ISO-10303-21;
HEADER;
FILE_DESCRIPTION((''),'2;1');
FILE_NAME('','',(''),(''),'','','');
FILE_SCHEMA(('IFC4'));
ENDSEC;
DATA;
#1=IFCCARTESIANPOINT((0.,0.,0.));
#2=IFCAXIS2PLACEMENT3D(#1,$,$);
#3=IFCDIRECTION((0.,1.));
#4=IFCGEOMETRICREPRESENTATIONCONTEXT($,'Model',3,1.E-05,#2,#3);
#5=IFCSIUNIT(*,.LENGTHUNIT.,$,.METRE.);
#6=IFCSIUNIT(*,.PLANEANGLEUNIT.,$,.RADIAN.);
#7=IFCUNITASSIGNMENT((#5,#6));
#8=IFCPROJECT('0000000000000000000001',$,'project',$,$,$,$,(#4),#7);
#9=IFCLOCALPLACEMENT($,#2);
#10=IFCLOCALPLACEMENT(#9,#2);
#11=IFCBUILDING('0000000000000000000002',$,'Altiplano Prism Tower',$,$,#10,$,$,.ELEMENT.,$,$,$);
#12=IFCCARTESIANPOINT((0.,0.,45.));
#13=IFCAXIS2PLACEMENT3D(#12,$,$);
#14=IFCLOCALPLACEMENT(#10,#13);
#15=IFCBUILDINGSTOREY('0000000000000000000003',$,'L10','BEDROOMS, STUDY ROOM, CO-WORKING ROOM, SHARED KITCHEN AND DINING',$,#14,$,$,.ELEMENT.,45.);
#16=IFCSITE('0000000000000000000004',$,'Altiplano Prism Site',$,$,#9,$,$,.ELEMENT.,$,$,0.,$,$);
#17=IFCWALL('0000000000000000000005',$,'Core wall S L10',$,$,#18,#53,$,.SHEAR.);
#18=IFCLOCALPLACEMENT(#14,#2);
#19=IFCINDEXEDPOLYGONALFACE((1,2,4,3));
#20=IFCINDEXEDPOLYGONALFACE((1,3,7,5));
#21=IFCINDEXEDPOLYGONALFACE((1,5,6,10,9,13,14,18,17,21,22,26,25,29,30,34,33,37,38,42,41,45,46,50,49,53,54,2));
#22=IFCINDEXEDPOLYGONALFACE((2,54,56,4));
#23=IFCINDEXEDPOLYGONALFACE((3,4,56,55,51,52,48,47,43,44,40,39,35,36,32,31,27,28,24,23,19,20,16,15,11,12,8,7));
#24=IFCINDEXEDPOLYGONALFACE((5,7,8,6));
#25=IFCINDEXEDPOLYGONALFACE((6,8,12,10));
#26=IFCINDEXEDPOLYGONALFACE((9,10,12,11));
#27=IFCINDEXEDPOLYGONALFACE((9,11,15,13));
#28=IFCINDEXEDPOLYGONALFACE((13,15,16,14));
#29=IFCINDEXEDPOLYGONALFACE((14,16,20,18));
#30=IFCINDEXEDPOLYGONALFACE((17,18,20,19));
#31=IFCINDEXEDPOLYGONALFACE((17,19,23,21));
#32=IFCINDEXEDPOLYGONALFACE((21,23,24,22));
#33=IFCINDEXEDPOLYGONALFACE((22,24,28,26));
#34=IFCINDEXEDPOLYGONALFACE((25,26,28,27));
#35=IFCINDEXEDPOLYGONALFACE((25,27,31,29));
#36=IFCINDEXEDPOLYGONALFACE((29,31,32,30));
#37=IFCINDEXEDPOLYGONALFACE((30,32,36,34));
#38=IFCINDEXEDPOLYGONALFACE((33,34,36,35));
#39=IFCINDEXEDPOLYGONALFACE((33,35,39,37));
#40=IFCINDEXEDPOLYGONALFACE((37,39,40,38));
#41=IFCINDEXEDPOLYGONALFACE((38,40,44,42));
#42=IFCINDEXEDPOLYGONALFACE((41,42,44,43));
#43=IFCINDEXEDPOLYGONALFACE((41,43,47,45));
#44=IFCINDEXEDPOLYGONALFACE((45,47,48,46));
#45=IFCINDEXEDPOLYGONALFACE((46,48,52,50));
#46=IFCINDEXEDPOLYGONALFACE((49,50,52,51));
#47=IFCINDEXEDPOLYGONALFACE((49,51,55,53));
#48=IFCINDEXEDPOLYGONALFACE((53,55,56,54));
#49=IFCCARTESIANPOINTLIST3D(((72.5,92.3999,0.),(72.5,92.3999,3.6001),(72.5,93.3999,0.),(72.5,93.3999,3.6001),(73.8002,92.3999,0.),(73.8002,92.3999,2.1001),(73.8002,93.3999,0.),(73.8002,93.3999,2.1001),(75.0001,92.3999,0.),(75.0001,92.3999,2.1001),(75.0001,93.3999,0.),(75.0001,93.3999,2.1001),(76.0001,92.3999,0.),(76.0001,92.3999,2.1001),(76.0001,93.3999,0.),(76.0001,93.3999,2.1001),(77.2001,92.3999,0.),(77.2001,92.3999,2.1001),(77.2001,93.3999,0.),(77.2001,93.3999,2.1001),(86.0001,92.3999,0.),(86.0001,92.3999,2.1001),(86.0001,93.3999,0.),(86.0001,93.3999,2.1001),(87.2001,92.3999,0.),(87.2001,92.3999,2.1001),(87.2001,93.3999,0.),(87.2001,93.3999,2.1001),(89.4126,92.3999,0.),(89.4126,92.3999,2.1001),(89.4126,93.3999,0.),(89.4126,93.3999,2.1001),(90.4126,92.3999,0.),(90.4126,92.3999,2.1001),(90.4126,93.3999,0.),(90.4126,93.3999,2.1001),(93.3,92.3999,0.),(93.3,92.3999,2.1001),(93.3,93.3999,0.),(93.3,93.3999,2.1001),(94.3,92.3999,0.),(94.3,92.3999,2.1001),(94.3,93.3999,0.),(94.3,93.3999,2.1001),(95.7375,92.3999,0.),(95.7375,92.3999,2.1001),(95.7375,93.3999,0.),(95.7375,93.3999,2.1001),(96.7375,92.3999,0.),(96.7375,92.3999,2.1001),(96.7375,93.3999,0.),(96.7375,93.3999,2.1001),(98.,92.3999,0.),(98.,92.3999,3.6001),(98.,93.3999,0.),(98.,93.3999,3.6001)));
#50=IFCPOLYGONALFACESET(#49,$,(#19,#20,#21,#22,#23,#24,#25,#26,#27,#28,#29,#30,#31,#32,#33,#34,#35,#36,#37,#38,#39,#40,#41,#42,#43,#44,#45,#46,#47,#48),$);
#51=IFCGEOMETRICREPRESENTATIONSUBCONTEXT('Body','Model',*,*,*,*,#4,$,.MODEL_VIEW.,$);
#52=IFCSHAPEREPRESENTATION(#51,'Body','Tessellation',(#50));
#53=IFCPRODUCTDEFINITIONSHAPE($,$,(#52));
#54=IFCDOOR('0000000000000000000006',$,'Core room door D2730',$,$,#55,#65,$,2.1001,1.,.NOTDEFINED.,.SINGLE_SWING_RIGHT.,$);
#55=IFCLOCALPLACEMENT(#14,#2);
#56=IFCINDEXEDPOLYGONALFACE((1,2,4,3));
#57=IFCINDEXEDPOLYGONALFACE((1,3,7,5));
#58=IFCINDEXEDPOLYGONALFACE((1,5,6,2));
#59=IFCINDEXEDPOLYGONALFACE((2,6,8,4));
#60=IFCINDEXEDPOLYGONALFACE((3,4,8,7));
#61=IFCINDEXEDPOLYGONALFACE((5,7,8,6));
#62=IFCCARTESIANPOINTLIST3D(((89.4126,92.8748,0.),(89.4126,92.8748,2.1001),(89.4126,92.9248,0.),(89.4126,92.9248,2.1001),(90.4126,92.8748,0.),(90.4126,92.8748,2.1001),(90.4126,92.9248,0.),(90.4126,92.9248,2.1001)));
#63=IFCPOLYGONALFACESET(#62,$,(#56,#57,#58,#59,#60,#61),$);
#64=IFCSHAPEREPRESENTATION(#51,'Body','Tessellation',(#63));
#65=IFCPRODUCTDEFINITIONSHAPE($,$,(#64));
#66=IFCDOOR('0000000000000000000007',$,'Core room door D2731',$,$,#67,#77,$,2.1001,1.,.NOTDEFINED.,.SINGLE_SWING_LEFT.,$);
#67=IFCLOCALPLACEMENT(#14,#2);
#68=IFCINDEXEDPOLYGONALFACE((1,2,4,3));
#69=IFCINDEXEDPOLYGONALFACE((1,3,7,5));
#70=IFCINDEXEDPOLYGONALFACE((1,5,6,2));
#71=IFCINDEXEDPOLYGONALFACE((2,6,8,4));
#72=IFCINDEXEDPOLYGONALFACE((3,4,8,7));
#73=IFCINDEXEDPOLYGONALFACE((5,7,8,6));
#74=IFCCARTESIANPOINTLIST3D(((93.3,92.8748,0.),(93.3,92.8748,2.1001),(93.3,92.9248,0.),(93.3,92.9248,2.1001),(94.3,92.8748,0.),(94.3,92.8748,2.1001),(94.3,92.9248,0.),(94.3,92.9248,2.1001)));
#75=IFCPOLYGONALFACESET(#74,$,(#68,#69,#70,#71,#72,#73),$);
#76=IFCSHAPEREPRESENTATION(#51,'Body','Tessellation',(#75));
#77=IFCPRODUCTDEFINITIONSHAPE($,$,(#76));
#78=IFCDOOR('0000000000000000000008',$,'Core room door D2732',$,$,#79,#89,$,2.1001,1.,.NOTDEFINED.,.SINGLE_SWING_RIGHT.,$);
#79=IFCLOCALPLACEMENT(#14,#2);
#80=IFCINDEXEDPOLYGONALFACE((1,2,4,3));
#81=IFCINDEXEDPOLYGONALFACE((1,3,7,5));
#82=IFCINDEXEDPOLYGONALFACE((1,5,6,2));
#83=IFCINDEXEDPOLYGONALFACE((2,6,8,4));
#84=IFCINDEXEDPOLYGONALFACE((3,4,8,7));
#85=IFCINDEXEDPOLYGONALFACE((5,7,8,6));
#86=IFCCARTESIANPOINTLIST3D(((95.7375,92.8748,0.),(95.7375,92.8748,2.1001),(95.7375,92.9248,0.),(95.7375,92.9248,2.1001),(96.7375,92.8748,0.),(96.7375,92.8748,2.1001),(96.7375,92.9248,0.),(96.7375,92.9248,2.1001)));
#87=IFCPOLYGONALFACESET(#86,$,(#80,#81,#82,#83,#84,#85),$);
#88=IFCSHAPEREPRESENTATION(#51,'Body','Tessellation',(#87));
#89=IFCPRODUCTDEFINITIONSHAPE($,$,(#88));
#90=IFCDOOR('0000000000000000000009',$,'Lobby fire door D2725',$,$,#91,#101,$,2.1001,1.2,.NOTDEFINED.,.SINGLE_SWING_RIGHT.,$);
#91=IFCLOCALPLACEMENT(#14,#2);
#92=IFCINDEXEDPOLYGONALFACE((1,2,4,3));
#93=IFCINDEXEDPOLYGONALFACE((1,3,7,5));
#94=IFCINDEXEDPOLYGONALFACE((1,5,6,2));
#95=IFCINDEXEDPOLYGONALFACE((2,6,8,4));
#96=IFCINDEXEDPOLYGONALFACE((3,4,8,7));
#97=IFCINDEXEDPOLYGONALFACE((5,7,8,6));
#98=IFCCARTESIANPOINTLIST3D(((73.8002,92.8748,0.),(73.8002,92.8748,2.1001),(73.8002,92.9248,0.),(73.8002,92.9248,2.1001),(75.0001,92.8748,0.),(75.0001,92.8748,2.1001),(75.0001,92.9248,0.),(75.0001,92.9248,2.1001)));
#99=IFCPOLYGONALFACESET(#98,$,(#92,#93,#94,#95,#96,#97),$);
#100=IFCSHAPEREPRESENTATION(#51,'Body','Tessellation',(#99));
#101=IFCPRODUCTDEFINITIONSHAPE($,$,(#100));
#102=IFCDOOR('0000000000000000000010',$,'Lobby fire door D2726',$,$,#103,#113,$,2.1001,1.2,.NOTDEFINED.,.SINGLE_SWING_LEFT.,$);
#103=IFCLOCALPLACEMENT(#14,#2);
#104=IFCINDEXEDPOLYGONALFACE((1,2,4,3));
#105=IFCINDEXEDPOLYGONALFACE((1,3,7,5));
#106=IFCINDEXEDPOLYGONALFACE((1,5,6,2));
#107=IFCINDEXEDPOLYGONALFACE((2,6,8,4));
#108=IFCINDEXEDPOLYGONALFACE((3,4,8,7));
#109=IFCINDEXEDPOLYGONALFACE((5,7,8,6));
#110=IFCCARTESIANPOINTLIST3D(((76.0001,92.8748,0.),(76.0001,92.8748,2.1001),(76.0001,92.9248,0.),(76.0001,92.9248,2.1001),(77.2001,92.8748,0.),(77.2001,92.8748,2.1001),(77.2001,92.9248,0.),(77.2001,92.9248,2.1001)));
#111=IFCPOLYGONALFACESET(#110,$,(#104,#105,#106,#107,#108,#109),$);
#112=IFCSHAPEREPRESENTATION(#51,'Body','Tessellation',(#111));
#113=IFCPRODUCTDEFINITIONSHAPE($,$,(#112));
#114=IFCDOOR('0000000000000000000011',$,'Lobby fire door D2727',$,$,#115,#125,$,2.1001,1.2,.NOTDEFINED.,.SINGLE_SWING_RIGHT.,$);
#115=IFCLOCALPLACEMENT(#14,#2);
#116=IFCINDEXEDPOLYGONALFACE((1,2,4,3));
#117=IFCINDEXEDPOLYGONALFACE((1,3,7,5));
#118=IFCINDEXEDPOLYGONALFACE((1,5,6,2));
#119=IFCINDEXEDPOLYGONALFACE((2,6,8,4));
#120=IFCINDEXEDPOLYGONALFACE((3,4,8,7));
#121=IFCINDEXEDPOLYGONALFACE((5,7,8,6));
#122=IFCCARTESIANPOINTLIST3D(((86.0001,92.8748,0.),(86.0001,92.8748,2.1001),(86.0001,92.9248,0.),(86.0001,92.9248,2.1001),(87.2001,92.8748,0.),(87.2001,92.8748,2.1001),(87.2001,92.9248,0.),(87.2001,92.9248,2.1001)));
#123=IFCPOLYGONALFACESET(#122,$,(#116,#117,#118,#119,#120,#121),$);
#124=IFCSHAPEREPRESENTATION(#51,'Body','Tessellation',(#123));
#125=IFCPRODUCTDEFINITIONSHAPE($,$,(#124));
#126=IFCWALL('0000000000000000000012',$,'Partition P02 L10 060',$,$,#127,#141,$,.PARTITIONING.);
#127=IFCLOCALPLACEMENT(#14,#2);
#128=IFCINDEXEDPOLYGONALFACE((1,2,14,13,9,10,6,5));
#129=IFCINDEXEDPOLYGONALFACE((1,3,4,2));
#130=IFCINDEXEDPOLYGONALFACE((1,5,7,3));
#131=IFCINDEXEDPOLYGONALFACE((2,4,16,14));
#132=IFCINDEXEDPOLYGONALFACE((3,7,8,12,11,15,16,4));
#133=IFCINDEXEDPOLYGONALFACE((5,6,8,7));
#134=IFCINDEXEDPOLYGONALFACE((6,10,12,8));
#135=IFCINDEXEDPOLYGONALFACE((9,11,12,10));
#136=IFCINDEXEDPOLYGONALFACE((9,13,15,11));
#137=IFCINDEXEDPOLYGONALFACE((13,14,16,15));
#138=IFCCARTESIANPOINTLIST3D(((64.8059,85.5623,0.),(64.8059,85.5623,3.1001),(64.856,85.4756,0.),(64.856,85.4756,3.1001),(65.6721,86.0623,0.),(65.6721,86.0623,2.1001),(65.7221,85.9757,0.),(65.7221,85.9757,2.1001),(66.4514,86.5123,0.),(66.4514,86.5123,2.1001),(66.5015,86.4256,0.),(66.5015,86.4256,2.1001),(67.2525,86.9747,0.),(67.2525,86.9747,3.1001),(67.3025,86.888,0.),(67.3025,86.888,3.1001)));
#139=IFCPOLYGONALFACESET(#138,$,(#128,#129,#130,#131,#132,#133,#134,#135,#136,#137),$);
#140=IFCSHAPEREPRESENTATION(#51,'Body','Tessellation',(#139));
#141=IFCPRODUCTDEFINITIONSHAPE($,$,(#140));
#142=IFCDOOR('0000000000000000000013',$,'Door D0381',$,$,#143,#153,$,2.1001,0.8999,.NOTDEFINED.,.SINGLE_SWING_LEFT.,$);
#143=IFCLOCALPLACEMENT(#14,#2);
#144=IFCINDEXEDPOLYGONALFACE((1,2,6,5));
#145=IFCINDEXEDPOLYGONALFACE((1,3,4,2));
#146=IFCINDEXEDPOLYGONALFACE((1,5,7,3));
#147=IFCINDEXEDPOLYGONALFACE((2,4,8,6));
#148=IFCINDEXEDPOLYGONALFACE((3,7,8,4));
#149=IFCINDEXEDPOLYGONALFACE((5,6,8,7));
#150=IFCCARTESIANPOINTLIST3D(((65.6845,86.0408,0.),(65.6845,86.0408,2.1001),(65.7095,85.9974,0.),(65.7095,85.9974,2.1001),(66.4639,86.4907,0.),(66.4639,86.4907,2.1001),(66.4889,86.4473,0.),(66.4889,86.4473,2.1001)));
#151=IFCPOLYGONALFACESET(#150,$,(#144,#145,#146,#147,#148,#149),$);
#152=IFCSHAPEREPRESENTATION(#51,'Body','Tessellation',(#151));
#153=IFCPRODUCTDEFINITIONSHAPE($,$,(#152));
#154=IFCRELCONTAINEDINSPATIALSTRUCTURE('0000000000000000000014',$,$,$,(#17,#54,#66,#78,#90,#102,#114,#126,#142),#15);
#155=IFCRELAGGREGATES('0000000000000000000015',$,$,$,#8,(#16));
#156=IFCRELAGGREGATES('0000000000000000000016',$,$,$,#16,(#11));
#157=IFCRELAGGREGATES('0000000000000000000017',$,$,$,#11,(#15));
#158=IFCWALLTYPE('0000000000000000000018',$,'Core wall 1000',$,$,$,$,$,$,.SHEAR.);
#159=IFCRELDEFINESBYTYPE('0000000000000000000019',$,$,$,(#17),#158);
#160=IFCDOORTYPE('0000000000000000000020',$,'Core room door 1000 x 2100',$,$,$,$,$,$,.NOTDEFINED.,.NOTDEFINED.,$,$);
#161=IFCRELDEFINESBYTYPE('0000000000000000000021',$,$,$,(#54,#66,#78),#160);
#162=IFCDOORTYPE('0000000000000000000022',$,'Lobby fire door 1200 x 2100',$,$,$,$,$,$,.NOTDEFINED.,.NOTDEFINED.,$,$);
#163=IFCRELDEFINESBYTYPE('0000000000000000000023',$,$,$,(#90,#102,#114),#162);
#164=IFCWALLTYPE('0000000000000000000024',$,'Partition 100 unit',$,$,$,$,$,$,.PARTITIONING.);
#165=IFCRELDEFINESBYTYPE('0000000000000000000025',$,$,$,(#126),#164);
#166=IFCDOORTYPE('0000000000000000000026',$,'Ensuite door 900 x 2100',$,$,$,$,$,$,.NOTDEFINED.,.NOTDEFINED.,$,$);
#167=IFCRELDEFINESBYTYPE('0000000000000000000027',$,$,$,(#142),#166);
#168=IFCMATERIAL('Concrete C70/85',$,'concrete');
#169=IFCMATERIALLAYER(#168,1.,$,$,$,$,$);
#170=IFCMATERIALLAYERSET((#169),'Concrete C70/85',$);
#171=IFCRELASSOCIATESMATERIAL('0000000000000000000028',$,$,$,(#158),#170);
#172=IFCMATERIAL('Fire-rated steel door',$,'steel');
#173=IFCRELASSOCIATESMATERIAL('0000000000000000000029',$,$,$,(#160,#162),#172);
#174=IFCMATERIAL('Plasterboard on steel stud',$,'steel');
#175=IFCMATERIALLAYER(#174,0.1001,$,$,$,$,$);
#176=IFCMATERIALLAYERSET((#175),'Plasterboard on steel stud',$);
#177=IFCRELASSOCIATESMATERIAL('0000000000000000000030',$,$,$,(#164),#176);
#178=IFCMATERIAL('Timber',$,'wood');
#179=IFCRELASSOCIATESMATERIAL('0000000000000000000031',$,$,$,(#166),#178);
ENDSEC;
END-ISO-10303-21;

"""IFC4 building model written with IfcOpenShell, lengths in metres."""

from ifc_helpers import new_model, si_unit, direction, frame, frame_2d, origin, place, context, subcontext, project, spatial, rectangle, extrude, material, layer, layer_set, type_object, element, fill, save


model = new_model("IFC4")

# Units and contexts
model_context = context("Model", 3, precision=1e-05, world=origin(), true_north=direction((0.0, 1.0)))
body_context = subcontext(model_context, "Body", "Model", "MODEL_VIEW")
ifc_project = project(units=[si_unit("LENGTHUNIT", "METRE"), si_unit("PLANEANGLEUNIT", "RADIAN")], contexts=[model_context])

# Site, building, storey
site_placement = place(None, origin())
site = spatial("IfcSite", under=ifc_project, at=site_placement, Name="Altiplano Prism Site", CompositionType="ELEMENT", RefElevation=0.0)
building_placement = place(site_placement, origin())
building = spatial("IfcBuilding", under=site, at=building_placement, Name="Altiplano Prism Tower", CompositionType="ELEMENT")
storey_placement = place(building_placement, frame((0.0, 0.0, 45.0)))
storey = spatial("IfcBuildingStorey", under=building, at=storey_placement, Name="L10", Description="BEDROOMS, STUDY ROOM, CO-WORKING ROOM, SHARED KITCHEN AND DINING", CompositionType="ELEMENT", Elevation=45.0)

# Wall, openings, doors
ifc_material_1 = material(Name="Concrete C70/85", Category="concrete")
ifc_layer_1 = layer(ifc_material_1, 1.0)
ifc_layer_set_1 = layer_set([ifc_layer_1], Name="Concrete C70/85")
wall_type_1 = type_object("IfcWallType", Name="Core wall 1000", PredefinedType="SHEAR", material=ifc_layer_set_1)
wall_1_placement = place(storey_placement, frame((72.5, 92.8999, 0.0), z_axis=(0.0, 0.0, 1.0), x_axis=(1.0, 0.0, 0.0)))
wall_1 = element("IfcWall", 1, at=wall_1_placement, inside=storey, type_object=wall_type_1, Name="Core wall S L10", PredefinedType="SHEAR", context=body_context, shape_type="SweptSolid", body=[
    extrude(rectangle(XDim=25.5, YDim=1.0, at=frame_2d((12.75, 0.0))), origin(), (0.0, 0.0, 1.0), 3.6001),
])
opening_1_placement = place(wall_1_placement, frame((1.3, 0.0, 0.0)))
opening_1 = element("IfcOpeningElement", 2, at=opening_1_placement, cuts=wall_1, PredefinedType="OPENING", context=body_context, shape_type="SweptSolid", body=[
    extrude(rectangle(XDim=1.2, YDim=2.1001, at=frame_2d((0.6001, 1.05))), frame((0.0, 0.5105, 0.0), z_axis=(0.0, -1.0, 0.0), x_axis=(1.0, 0.0, 0.0)), (0.0, 0.0, 1.0), 1.021),
])
opening_2_placement = place(wall_1_placement, frame((3.5, 0.0, 0.0)))
opening_2 = element("IfcOpeningElement", 3, at=opening_2_placement, cuts=wall_1, PredefinedType="OPENING", context=body_context, shape_type="SweptSolid", body=[
    extrude(rectangle(XDim=1.2, YDim=2.1001, at=frame_2d((0.6001, 1.05))), frame((0.0, 0.5105, 0.0), z_axis=(0.0, -1.0, 0.0), x_axis=(1.0, 0.0, 0.0)), (0.0, 0.0, 1.0), 1.021),
])
opening_3_placement = place(wall_1_placement, frame((13.5, 0.0, 0.0)))
opening_3 = element("IfcOpeningElement", 4, at=opening_3_placement, cuts=wall_1, PredefinedType="OPENING", context=body_context, shape_type="SweptSolid", body=[
    extrude(rectangle(XDim=1.2, YDim=2.1001, at=frame_2d((0.6001, 1.05))), frame((0.0, 0.5105, 0.0), z_axis=(0.0, -1.0, 0.0), x_axis=(1.0, 0.0, 0.0)), (0.0, 0.0, 1.0), 1.021),
])
opening_4_placement = place(wall_1_placement, frame((16.9126, 0.0, 0.0)))
opening_4 = element("IfcOpeningElement", 5, at=opening_4_placement, cuts=wall_1, PredefinedType="OPENING", context=body_context, shape_type="SweptSolid", body=[
    extrude(rectangle(XDim=1.0, YDim=2.1001, at=frame_2d((0.5, 1.05))), frame((0.0, 0.5105, 0.0), z_axis=(0.0, -1.0, 0.0), x_axis=(1.0, 0.0, 0.0)), (0.0, 0.0, 1.0), 1.021),
])
opening_5_placement = place(wall_1_placement, frame((20.8, 0.0, 0.0)))
opening_5 = element("IfcOpeningElement", 6, at=opening_5_placement, cuts=wall_1, PredefinedType="OPENING", context=body_context, shape_type="SweptSolid", body=[
    extrude(rectangle(XDim=1.0, YDim=2.1001, at=frame_2d((0.5, 1.05))), frame((0.0, 0.5105, 0.0), z_axis=(0.0, -1.0, 0.0), x_axis=(1.0, 0.0, 0.0)), (0.0, 0.0, 1.0), 1.021),
])
opening_6_placement = place(wall_1_placement, frame((23.2375, 0.0, 0.0)))
opening_6 = element("IfcOpeningElement", 7, at=opening_6_placement, cuts=wall_1, PredefinedType="OPENING", context=body_context, shape_type="SweptSolid", body=[
    extrude(rectangle(XDim=1.0, YDim=2.1001, at=frame_2d((0.5, 1.05))), frame((0.0, 0.5105, 0.0), z_axis=(0.0, -1.0, 0.0), x_axis=(1.0, 0.0, 0.0)), (0.0, 0.0, 1.0), 1.021),
])
ifc_material_2 = material(Name="Fire-rated steel door", Category="steel")
door_type_1 = type_object("IfcDoorType", Name="Core room door 1000 x 2100", OperationType="NOTDEFINED", PredefinedType="NOTDEFINED", material=ifc_material_2)
door_1_placement = place(opening_4_placement, origin())
door_1 = element("IfcDoor", 8, at=door_1_placement, inside=storey, type_object=door_type_1, Name="Core room door D2730", OperationType="SINGLE_SWING_RIGHT", OverallHeight=2.1001, OverallWidth=1.0, PredefinedType="NOTDEFINED", context=body_context, shape_type="SweptSolid", body=[
    extrude(rectangle(XDim=1.0, YDim=2.1001, at=frame_2d((0.5, 1.05))), frame((0.0, 0.0249, 0.0), z_axis=(0.0, -1.0, 0.0), x_axis=(1.0, 0.0, 0.0)), (0.0, 0.0, 1.0), 0.05),
])
fill(opening_4, door_1)
door_2_placement = place(opening_5_placement, origin())
door_2 = element("IfcDoor", 9, at=door_2_placement, inside=storey, type_object=door_type_1, Name="Core room door D2731", OperationType="SINGLE_SWING_LEFT", OverallHeight=2.1001, OverallWidth=1.0, PredefinedType="NOTDEFINED", context=body_context, shape_type="SweptSolid", body=[
    extrude(rectangle(XDim=1.0, YDim=2.1001, at=frame_2d((0.5, 1.05))), frame((0.0, 0.0249, 0.0), z_axis=(0.0, -1.0, 0.0), x_axis=(1.0, 0.0, 0.0)), (0.0, 0.0, 1.0), 0.05),
])
fill(opening_5, door_2)
door_3_placement = place(opening_6_placement, origin())
door_3 = element("IfcDoor", 10, at=door_3_placement, inside=storey, type_object=door_type_1, Name="Core room door D2732", OperationType="SINGLE_SWING_RIGHT", OverallHeight=2.1001, OverallWidth=1.0, PredefinedType="NOTDEFINED", context=body_context, shape_type="SweptSolid", body=[
    extrude(rectangle(XDim=1.0, YDim=2.1001, at=frame_2d((0.5, 1.05))), frame((0.0, 0.0249, 0.0), z_axis=(0.0, -1.0, 0.0), x_axis=(1.0, 0.0, 0.0)), (0.0, 0.0, 1.0), 0.05),
])
fill(opening_6, door_3)
door_type_2 = type_object("IfcDoorType", Name="Lobby fire door 1200 x 2100", OperationType="NOTDEFINED", PredefinedType="NOTDEFINED", material=ifc_material_2)
door_4_placement = place(opening_1_placement, origin())
door_4 = element("IfcDoor", 11, at=door_4_placement, inside=storey, type_object=door_type_2, Name="Lobby fire door D2725", OperationType="SINGLE_SWING_RIGHT", OverallHeight=2.1001, OverallWidth=1.2, PredefinedType="NOTDEFINED", context=body_context, shape_type="SweptSolid", body=[
    extrude(rectangle(XDim=1.2, YDim=2.1001, at=frame_2d((0.6001, 1.05))), frame((0.0, 0.0249, 0.0), z_axis=(0.0, -1.0, 0.0), x_axis=(1.0, 0.0, 0.0)), (0.0, 0.0, 1.0), 0.05),
])
fill(opening_1, door_4)
door_5_placement = place(opening_2_placement, origin())
door_5 = element("IfcDoor", 12, at=door_5_placement, inside=storey, type_object=door_type_2, Name="Lobby fire door D2726", OperationType="SINGLE_SWING_LEFT", OverallHeight=2.1001, OverallWidth=1.2, PredefinedType="NOTDEFINED", context=body_context, shape_type="SweptSolid", body=[
    extrude(rectangle(XDim=1.2, YDim=2.1001, at=frame_2d((0.6001, 1.05))), frame((0.0, 0.0249, 0.0), z_axis=(0.0, -1.0, 0.0), x_axis=(1.0, 0.0, 0.0)), (0.0, 0.0, 1.0), 0.05),
])
fill(opening_2, door_5)
door_6_placement = place(opening_3_placement, origin())
door_6 = element("IfcDoor", 13, at=door_6_placement, inside=storey, type_object=door_type_2, Name="Lobby fire door D2727", OperationType="SINGLE_SWING_RIGHT", OverallHeight=2.1001, OverallWidth=1.2, PredefinedType="NOTDEFINED", context=body_context, shape_type="SweptSolid", body=[
    extrude(rectangle(XDim=1.2, YDim=2.1001, at=frame_2d((0.6001, 1.05))), frame((0.0, 0.0249, 0.0), z_axis=(0.0, -1.0, 0.0), x_axis=(1.0, 0.0, 0.0)), (0.0, 0.0, 1.0), 0.05),
])
fill(opening_3, door_6)

# Wall, opening, door
ifc_material_3 = material(Name="Plasterboard on steel stud", Category="steel")
ifc_layer_2 = layer(ifc_material_3, 0.1001)
ifc_layer_set_2 = layer_set([ifc_layer_2], Name="Plasterboard on steel stud")
wall_type_2 = type_object("IfcWallType", Name="Partition 100 unit", PredefinedType="PARTITIONING", material=ifc_layer_set_2)
wall_2_placement = place(storey_placement, frame((67.2776, 86.9314, 0.0), z_axis=(0.0, 0.0, 1.0), x_axis=(-0.866049, -0.499959, 0.0)))
wall_2 = element("IfcWall", 14, at=wall_2_placement, inside=storey, type_object=wall_type_2, Name="Partition P02 L10 060", PredefinedType="PARTITIONING", context=body_context, shape_type="SweptSolid", body=[
    extrude(rectangle(XDim=2.825, YDim=0.1001, at=frame_2d((1.4126, 0.0))), origin(), (0.0, 0.0, 1.0), 3.1001),
])
opening_7_placement = place(wall_2_placement, frame((0.925, 0.0, 0.0)))
opening_7 = element("IfcOpeningElement", 15, at=opening_7_placement, cuts=wall_2, PredefinedType="OPENING", context=body_context, shape_type="SweptSolid", body=[
    extrude(rectangle(XDim=0.8999, YDim=2.1001, at=frame_2d((0.45, 1.05))), frame((0.0, 0.0605, 0.0), z_axis=(0.0, -1.0, 0.0), x_axis=(1.0, 0.0, 0.0)), (0.0, 0.0, 1.0), 0.1211),
])
ifc_material_4 = material(Name="Timber", Category="wood")
door_type_3 = type_object("IfcDoorType", Name="Ensuite door 900 x 2100", OperationType="NOTDEFINED", PredefinedType="NOTDEFINED", material=ifc_material_4)
door_7_placement = place(opening_7_placement, origin())
door_7 = element("IfcDoor", 16, at=door_7_placement, inside=storey, type_object=door_type_3, Name="Door D0381", OperationType="SINGLE_SWING_LEFT", OverallHeight=2.1001, OverallWidth=0.8999, PredefinedType="NOTDEFINED", context=body_context, shape_type="SweptSolid", body=[
    extrude(rectangle(XDim=0.8999, YDim=2.1001, at=frame_2d((0.45, 1.05))), frame((0.0, 0.0249, 0.0), z_axis=(0.0, -1.0, 0.0), x_axis=(1.0, 0.0, 0.0)), (0.0, 0.0, 1.0), 0.05),
])
fill(opening_7, door_7)

save(model, "model.ifc")
